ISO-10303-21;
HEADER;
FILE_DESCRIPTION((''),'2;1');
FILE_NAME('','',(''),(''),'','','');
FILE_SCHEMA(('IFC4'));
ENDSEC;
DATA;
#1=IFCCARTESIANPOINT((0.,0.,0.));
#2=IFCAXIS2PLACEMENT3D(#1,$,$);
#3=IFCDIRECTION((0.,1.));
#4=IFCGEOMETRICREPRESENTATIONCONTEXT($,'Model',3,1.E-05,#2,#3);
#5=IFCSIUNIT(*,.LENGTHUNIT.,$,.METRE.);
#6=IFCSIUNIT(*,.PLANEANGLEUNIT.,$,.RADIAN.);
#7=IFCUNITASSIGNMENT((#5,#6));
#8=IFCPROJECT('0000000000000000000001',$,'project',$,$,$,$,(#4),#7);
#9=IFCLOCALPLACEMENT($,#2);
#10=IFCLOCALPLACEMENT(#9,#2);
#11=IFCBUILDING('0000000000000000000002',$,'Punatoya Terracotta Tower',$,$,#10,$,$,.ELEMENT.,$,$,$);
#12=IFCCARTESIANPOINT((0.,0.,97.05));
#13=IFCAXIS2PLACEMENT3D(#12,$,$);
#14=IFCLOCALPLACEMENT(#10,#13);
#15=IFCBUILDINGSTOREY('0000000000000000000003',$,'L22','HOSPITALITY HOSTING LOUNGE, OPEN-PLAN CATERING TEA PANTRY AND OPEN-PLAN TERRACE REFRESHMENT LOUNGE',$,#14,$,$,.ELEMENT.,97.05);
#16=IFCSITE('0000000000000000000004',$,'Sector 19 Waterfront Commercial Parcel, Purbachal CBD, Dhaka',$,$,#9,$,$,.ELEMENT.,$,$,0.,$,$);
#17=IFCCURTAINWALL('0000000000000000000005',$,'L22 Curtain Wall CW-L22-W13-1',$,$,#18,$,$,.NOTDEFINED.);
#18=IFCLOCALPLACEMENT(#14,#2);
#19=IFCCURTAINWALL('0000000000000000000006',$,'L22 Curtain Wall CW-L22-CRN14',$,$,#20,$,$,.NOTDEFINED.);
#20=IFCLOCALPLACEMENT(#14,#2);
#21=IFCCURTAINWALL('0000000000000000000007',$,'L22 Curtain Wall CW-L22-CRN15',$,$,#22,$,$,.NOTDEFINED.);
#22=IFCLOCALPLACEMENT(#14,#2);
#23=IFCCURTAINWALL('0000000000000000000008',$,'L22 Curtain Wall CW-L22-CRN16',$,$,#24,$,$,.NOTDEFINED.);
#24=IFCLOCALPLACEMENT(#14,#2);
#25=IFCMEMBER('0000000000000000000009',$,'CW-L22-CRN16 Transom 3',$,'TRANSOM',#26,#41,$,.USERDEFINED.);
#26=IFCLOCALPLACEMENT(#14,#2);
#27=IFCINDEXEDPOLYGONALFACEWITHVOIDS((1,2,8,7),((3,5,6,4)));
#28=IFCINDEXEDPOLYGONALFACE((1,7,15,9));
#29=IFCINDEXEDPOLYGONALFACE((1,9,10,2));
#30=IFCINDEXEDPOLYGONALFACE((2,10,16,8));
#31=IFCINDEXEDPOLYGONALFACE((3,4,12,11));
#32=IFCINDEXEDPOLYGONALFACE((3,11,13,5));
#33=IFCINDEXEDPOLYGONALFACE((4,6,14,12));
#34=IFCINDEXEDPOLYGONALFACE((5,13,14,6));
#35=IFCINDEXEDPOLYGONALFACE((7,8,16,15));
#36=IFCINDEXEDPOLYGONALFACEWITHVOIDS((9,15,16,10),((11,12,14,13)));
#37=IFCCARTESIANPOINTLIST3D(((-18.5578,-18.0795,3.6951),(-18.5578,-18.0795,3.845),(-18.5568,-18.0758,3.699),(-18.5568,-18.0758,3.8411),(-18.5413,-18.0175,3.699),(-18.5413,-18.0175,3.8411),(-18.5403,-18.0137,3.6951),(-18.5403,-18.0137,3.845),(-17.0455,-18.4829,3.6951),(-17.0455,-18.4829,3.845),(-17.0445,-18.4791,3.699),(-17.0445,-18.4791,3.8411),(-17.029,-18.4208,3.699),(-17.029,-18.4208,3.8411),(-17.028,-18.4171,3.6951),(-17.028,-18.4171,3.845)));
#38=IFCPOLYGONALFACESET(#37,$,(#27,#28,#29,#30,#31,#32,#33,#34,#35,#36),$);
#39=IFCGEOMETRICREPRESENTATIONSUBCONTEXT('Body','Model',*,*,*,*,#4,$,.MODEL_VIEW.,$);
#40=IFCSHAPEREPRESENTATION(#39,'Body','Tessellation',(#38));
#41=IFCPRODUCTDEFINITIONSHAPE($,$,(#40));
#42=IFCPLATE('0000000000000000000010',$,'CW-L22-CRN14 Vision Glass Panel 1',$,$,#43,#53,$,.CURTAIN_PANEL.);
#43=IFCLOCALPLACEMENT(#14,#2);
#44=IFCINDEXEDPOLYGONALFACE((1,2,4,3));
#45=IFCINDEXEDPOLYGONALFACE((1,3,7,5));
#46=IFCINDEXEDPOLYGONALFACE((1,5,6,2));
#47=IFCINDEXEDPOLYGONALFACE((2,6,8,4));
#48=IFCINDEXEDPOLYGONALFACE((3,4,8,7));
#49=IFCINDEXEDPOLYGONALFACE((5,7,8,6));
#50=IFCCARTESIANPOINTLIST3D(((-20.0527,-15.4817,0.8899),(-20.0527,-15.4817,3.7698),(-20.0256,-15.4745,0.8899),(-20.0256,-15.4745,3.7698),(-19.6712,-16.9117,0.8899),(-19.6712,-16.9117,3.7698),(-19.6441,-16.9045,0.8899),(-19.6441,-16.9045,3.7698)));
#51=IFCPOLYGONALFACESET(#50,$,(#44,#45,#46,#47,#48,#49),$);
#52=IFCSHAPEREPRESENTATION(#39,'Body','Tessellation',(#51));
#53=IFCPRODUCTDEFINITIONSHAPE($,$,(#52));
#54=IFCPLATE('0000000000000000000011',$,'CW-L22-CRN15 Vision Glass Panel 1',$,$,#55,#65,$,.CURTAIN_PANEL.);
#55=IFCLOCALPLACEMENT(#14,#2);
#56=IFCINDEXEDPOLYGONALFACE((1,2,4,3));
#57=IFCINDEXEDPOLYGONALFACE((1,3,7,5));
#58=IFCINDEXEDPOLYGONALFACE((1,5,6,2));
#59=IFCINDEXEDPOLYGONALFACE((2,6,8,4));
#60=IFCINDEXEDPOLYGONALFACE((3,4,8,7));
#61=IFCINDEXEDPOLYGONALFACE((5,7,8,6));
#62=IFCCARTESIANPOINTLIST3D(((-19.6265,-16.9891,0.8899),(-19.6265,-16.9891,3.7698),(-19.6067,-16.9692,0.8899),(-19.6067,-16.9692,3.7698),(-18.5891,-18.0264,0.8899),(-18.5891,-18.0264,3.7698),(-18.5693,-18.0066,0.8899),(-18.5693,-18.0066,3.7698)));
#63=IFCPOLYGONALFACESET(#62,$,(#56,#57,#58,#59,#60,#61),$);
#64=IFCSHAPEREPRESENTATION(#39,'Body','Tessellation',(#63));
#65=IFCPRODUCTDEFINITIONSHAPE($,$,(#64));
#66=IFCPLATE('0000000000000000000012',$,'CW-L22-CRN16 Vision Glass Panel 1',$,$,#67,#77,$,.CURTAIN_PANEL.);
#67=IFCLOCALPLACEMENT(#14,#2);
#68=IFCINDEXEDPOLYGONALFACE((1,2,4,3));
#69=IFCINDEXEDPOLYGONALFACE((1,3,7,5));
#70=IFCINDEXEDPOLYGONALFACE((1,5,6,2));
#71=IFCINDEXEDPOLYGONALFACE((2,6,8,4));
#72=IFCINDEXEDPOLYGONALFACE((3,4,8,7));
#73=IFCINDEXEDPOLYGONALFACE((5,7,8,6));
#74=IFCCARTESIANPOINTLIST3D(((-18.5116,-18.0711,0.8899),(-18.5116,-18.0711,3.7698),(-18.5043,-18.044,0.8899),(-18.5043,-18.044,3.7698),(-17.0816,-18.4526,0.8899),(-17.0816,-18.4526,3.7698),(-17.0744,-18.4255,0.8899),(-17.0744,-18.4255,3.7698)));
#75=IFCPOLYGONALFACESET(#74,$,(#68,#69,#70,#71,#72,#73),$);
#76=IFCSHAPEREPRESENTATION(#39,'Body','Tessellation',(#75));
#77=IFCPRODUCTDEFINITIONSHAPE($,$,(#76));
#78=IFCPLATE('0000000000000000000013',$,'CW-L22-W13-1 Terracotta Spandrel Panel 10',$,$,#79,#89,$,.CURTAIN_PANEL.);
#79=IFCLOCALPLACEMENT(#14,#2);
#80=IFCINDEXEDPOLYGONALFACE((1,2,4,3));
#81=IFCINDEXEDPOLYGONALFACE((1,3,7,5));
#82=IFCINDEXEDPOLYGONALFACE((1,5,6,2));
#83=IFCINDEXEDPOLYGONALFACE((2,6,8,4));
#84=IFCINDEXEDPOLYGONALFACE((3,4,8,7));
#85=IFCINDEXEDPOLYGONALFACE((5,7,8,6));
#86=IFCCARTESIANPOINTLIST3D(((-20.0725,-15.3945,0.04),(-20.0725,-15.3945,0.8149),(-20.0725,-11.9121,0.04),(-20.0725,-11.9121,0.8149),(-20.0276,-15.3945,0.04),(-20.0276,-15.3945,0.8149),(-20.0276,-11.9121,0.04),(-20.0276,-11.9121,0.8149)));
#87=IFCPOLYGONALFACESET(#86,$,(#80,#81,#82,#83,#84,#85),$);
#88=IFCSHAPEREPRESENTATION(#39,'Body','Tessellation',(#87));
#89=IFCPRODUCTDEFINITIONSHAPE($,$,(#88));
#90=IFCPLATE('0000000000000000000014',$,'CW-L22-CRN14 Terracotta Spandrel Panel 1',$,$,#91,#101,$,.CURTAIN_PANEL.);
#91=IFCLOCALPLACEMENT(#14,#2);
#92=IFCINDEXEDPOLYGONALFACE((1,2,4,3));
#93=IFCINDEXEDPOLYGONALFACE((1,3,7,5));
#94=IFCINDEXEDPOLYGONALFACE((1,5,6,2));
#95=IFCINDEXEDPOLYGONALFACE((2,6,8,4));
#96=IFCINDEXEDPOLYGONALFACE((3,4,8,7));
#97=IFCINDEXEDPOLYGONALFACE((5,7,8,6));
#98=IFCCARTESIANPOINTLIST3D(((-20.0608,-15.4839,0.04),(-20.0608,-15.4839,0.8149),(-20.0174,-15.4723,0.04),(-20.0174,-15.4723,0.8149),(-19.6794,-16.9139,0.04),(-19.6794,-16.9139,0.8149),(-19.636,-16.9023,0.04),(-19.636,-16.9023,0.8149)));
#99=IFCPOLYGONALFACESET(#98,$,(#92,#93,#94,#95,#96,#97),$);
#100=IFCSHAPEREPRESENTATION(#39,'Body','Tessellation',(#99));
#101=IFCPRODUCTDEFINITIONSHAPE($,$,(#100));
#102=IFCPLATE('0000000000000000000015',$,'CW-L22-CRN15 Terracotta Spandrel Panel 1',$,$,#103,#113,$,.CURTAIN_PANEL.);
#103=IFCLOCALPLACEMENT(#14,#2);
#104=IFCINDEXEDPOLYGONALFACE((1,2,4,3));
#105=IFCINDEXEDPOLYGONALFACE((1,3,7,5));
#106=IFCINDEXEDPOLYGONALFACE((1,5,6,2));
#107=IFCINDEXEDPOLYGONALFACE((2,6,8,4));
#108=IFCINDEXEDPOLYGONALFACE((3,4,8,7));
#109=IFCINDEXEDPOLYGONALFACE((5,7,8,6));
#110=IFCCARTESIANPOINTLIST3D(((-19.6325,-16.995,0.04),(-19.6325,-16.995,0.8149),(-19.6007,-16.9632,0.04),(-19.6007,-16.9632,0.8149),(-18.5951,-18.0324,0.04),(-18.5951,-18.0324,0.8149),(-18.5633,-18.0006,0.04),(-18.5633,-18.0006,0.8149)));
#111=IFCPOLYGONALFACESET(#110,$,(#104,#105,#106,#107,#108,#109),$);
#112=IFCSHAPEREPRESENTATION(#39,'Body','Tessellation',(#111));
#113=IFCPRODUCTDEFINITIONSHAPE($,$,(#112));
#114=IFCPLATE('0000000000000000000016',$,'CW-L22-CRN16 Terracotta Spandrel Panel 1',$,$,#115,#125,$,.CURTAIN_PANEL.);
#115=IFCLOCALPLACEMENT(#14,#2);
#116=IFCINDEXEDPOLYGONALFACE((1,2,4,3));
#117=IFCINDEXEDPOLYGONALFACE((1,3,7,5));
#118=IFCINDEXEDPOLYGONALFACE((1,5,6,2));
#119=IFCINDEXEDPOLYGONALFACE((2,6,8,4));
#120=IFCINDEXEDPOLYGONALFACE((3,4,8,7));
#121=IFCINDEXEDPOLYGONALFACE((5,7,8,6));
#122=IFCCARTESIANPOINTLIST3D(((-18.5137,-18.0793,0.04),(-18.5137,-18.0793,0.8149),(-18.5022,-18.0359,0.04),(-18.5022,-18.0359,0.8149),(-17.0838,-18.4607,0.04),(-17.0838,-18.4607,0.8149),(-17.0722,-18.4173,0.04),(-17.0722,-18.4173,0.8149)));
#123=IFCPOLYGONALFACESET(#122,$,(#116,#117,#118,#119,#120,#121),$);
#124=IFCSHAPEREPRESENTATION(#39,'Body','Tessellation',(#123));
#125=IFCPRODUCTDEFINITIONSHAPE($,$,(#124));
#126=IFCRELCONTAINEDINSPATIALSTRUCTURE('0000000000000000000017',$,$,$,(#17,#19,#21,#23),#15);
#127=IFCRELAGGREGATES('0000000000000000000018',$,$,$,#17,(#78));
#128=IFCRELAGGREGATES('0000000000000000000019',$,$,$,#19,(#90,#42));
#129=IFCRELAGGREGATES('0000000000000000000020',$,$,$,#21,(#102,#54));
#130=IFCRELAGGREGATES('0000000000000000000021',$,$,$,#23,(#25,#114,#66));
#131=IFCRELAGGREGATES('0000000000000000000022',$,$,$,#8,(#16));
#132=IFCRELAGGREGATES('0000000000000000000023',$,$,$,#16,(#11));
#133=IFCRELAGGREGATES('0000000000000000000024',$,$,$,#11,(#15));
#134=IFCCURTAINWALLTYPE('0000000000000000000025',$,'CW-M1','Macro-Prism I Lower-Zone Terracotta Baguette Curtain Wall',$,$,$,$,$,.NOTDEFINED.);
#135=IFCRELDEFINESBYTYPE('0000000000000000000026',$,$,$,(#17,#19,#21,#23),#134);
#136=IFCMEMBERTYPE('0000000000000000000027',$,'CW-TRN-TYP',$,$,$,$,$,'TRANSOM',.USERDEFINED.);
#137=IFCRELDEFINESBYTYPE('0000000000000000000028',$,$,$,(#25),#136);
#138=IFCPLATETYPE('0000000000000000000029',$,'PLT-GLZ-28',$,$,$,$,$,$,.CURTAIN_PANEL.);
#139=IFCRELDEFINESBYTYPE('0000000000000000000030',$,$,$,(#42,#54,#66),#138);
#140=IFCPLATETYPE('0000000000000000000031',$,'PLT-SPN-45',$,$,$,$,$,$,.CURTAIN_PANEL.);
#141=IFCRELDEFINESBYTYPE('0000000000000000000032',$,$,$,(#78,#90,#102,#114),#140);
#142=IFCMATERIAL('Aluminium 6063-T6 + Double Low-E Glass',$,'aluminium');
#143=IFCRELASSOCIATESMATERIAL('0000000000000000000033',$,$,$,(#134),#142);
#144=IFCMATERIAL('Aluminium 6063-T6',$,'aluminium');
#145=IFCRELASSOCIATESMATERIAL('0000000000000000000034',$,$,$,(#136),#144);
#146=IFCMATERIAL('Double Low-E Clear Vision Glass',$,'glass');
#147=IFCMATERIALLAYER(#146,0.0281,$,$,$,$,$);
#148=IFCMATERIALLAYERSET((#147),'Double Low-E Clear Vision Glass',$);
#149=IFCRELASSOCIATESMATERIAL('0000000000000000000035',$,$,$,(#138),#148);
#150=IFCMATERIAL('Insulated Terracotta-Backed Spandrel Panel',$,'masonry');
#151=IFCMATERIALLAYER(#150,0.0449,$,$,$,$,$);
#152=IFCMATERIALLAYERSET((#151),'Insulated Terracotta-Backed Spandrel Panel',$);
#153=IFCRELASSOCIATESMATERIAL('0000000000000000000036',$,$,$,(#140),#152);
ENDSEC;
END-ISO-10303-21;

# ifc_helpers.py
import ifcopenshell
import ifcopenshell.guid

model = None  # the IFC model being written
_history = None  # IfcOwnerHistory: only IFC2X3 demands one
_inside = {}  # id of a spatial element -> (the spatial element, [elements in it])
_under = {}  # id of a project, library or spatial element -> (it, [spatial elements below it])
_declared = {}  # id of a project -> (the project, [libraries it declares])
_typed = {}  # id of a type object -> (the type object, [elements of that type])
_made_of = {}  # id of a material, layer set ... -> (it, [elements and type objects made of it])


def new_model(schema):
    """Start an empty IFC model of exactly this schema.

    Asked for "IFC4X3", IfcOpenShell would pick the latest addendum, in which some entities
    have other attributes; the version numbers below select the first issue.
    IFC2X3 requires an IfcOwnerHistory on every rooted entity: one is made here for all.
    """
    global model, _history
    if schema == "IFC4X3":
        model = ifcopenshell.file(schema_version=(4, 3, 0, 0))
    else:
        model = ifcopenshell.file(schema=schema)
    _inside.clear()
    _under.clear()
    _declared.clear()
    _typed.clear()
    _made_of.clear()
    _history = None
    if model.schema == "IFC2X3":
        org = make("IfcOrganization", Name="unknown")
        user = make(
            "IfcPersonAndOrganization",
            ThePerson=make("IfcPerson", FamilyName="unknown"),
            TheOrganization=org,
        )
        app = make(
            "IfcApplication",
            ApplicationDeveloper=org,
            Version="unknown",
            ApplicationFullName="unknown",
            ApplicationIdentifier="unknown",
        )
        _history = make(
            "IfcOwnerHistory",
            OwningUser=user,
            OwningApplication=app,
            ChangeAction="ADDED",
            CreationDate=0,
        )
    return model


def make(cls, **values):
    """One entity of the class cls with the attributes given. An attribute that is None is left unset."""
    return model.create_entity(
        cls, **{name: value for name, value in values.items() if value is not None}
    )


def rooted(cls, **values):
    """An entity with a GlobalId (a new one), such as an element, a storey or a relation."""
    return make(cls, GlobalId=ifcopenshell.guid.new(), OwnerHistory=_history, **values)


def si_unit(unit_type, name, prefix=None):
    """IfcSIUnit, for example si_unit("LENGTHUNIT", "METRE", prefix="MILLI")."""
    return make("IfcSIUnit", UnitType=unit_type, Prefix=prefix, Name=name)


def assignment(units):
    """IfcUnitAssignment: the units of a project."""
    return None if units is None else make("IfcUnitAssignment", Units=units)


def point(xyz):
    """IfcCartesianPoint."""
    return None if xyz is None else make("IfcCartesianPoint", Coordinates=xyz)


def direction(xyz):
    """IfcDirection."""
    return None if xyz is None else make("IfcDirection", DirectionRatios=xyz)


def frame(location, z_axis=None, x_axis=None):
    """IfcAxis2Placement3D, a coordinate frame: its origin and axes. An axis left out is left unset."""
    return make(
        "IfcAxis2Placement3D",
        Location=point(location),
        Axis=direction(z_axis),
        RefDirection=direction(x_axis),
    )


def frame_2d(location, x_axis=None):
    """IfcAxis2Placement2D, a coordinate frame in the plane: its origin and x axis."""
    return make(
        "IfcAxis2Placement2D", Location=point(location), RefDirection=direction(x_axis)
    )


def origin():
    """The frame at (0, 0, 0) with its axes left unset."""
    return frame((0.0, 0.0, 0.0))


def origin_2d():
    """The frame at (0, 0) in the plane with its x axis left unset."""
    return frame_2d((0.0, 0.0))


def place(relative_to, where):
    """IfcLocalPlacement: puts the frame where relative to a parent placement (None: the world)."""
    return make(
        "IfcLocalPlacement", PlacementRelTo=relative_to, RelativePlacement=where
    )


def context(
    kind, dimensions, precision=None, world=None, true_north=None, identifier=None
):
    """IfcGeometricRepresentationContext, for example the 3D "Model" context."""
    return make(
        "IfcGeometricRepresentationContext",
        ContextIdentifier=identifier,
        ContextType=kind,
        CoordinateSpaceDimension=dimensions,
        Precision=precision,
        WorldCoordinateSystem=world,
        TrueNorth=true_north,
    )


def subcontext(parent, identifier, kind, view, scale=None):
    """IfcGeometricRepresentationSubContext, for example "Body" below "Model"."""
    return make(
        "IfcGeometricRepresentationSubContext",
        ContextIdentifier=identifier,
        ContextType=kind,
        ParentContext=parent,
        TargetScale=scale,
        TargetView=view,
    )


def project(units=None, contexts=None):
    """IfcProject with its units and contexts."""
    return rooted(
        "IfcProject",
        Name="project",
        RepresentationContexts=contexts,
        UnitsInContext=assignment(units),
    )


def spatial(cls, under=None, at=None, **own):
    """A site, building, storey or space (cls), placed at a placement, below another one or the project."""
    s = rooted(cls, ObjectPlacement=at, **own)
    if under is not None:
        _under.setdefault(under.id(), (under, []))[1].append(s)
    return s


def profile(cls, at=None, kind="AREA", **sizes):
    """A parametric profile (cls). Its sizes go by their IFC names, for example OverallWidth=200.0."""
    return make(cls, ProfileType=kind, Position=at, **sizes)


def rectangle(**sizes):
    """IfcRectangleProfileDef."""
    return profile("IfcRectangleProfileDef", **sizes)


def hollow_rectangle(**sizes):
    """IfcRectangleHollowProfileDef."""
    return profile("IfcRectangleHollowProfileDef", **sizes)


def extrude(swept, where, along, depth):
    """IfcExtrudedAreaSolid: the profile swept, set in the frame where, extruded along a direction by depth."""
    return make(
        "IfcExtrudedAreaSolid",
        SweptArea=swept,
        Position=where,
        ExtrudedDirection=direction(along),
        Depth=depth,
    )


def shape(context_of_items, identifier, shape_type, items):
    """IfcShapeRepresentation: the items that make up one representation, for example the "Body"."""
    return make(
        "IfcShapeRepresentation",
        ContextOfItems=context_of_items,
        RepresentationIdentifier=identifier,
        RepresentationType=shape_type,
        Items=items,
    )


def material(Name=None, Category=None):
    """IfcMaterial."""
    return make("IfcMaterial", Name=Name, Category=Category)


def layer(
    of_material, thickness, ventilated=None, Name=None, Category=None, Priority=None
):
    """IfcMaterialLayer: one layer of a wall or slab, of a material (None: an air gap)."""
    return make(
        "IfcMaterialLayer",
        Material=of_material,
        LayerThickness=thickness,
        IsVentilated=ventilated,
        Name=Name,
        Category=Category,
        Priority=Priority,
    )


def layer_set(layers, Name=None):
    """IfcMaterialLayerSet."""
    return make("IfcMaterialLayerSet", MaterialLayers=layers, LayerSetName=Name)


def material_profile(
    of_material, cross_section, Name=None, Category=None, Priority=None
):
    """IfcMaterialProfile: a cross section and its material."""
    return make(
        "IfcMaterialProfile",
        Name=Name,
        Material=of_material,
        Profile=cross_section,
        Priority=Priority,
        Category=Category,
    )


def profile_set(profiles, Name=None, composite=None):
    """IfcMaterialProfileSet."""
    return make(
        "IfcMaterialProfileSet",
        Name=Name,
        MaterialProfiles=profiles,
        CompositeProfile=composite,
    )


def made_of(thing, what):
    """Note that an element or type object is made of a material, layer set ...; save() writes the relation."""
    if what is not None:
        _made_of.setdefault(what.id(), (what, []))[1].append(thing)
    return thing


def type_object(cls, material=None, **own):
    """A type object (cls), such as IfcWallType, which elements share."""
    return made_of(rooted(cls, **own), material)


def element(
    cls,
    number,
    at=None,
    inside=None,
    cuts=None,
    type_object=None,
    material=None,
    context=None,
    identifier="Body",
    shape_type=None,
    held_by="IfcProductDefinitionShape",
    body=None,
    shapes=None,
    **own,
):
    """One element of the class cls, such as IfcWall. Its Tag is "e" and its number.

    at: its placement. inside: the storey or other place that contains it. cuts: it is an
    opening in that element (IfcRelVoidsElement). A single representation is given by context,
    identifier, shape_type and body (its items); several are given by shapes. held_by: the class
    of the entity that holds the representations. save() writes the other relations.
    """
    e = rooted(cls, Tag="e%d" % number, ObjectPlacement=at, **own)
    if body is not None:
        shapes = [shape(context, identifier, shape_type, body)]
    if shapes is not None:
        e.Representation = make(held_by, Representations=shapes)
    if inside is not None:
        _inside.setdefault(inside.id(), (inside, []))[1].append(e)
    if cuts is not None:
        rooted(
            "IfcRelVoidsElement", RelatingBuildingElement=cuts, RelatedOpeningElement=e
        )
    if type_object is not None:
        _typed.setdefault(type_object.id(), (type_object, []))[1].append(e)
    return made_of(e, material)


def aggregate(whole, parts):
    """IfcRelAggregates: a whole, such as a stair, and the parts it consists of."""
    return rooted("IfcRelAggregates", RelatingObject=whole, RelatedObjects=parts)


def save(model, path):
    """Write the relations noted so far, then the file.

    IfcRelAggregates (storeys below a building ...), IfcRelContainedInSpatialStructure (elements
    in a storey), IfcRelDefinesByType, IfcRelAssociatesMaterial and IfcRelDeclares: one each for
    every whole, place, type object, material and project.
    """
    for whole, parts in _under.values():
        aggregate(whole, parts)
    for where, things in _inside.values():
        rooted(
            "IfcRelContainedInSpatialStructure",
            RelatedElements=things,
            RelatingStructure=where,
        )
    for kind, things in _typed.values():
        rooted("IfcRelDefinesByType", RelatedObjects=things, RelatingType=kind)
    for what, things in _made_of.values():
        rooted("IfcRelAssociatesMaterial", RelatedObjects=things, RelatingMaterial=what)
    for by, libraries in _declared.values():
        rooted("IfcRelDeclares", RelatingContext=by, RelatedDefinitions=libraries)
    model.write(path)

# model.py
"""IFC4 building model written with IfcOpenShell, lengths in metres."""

from ifc_helpers import new_model, si_unit, direction, frame, origin, origin_2d, place, context, subcontext, project, spatial, rectangle, hollow_rectangle, extrude, material, layer, layer_set, material_profile, profile_set, type_object, element, aggregate, save


model = new_model("IFC4")

# Units and contexts
model_context = context("Model", 3, precision=1e-05, world=origin(), true_north=direction((0.0, 1.0)))
body_context = subcontext(model_context, "Body", "Model", "MODEL_VIEW")
ifc_project = project(units=[si_unit("LENGTHUNIT", "METRE"), si_unit("PLANEANGLEUNIT", "RADIAN")], contexts=[model_context])

# Site, building, storey
site_placement = place(None, origin())
site = spatial("IfcSite", under=ifc_project, at=site_placement, Name="Sector 19 Waterfront Commercial Parcel, Purbachal CBD, Dhaka", CompositionType="ELEMENT", RefElevation=0.0)
building_placement = place(site_placement, origin())
building = spatial("IfcBuilding", under=site, at=building_placement, Name="Punatoya Terracotta Tower", CompositionType="ELEMENT")
storey_placement = place(building_placement, frame((0.0, 0.0, 97.05)))
storey = spatial("IfcBuildingStorey", under=building, at=storey_placement, Name="L22", Description="HOSPITALITY HOSTING LOUNGE, OPEN-PLAN CATERING TEA PANTRY AND OPEN-PLAN TERRACE REFRESHMENT LOUNGE", CompositionType="ELEMENT", Elevation=97.05)

# Curtain wall
ifc_material_1 = material(Name="Aluminium 6063-T6 + Double Low-E Glass", Category="aluminium")
curtain_wall_type = type_object("IfcCurtainWallType", Name="CW-M1", Description="Macro-Prism I Lower-Zone Terracotta Baguette Curtain Wall", PredefinedType="NOTDEFINED", material=ifc_material_1)
curtain_wall_1_placement = place(storey_placement, origin())
curtain_wall_1 = element("IfcCurtainWall", 1, at=curtain_wall_1_placement, inside=storey, type_object=curtain_wall_type, Name="L22 Curtain Wall CW-L22-W13-1", PredefinedType="NOTDEFINED")
ifc_material_2 = material(Name="Aluminium 6063-T6", Category="aluminium")

# Curtain walls
curtain_wall_2_placement = place(storey_placement, origin())
curtain_wall_2 = element("IfcCurtainWall", 2, at=curtain_wall_2_placement, inside=storey, type_object=curtain_wall_type, Name="L22 Curtain Wall CW-L22-CRN14", PredefinedType="NOTDEFINED")
curtain_wall_3_placement = place(storey_placement, origin())
curtain_wall_3 = element("IfcCurtainWall", 3, at=curtain_wall_3_placement, inside=storey, type_object=curtain_wall_type, Name="L22 Curtain Wall CW-L22-CRN15", PredefinedType="NOTDEFINED")
curtain_wall_4_placement = place(storey_placement, origin())
curtain_wall_4 = element("IfcCurtainWall", 4, at=curtain_wall_4_placement, inside=storey, type_object=curtain_wall_type, Name="L22 Curtain Wall CW-L22-CRN16", PredefinedType="NOTDEFINED")

# Member
ifc_material_profile_1 = material_profile(ifc_material_2, hollow_rectangle(XDim=0.0681, YDim=0.1499, WallThickness=0.0039, at=origin_2d()))
ifc_profile_set_1 = profile_set([ifc_material_profile_1], Name="Aluminium 6063-T6")
member_type_1 = type_object("IfcMemberType", Name="CW-TRN-TYP", ElementType="TRANSOM", PredefinedType="USERDEFINED", material=ifc_profile_set_1)
member_1_placement = place(storey_placement, frame((-18.5491, -18.0466, 3.77), z_axis=(0.966225, -0.257701, 0.0), x_axis=(0.257701, 0.966225, 0.0)))
member_1 = element("IfcMember", 5, at=member_1_placement, type_object=member_type_1, Name="CW-L22-CRN16 Transom 3", ObjectType="TRANSOM", PredefinedType="USERDEFINED", context=body_context, shape_type="SweptSolid", body=[
    extrude(hollow_rectangle(XDim=0.0681, YDim=0.1499, WallThickness=0.0039, at=origin_2d()), origin(), (0.0, 0.0, 1.0), 1.5652),
])

# Plates
ifc_material_3 = material(Name="Double Low-E Clear Vision Glass", Category="glass")
ifc_layer_1 = layer(ifc_material_3, 0.0281)
ifc_layer_set_1 = layer_set([ifc_layer_1], Name="Double Low-E Clear Vision Glass")
plate_type_1 = type_object("IfcPlateType", Name="PLT-GLZ-28", PredefinedType="CURTAIN_PANEL", material=ifc_layer_set_1)
plate_1_placement = place(storey_placement, frame((-19.8484, -16.1931, 0.8899), z_axis=(0.0, 0.0, 1.0), x_axis=(0.257742, -0.966214, 0.0)))
plate_1 = element("IfcPlate", 6, at=plate_1_placement, type_object=plate_type_1, Name="CW-L22-CRN14 Vision Glass Panel 1", PredefinedType="CURTAIN_PANEL", context=body_context, shape_type="SweptSolid", body=[
    extrude(rectangle(XDim=1.48, YDim=0.0281, at=origin_2d()), origin(), (0.0, 0.0, 1.0), 2.8799),
])
plate_2_placement = place(storey_placement, frame((-19.0979, -17.4978, 0.8899), z_axis=(0.0, 0.0, 1.0), x_axis=(0.707107, -0.707107, 0.0)))
plate_2 = element("IfcPlate", 7, at=plate_2_placement, type_object=plate_type_1, Name="CW-L22-CRN15 Vision Glass Panel 1", PredefinedType="CURTAIN_PANEL", context=body_context, shape_type="SweptSolid", body=[
    extrude(rectangle(XDim=1.467, YDim=0.0281, at=origin_2d()), origin(), (0.0, 0.0, 1.0), 2.8799),
])
plate_3_placement = place(storey_placement, frame((-17.793, -18.2483, 0.8899), z_axis=(0.0, 0.0, 1.0), x_axis=(0.966214, -0.257742, 0.0)))
plate_3 = element("IfcPlate", 8, at=plate_3_placement, type_object=plate_type_1, Name="CW-L22-CRN16 Vision Glass Panel 1", PredefinedType="CURTAIN_PANEL", context=body_context, shape_type="SweptSolid", body=[
    extrude(rectangle(XDim=1.48, YDim=0.0281, at=origin_2d()), origin(), (0.0, 0.0, 1.0), 2.8799),
])
ifc_material_4 = material(Name="Insulated Terracotta-Backed Spandrel Panel", Category="masonry")
ifc_layer_2 = layer(ifc_material_4, 0.0449)
ifc_layer_set_2 = layer_set([ifc_layer_2], Name="Insulated Terracotta-Backed Spandrel Panel")
plate_type_2 = type_object("IfcPlateType", Name="PLT-SPN-45", PredefinedType="CURTAIN_PANEL", material=ifc_layer_set_2)
plate_4_placement = place(storey_placement, frame((-20.05, -13.6533, 0.04), z_axis=(0.0, 0.0, 1.0), x_axis=(0.0, -1.0, 0.0)))
plate_4 = element("IfcPlate", 9, at=plate_4_placement, type_object=plate_type_2, Name="CW-L22-W13-1 Terracotta Spandrel Panel 10", PredefinedType="CURTAIN_PANEL", context=body_context, shape_type="SweptSolid", body=[
    extrude(rectangle(XDim=3.4824, YDim=0.0449, at=origin_2d()), origin(), (0.0, 0.0, 1.0), 0.7749),
])
aggregate(curtain_wall_1, [plate_4])
plate_5_placement = place(storey_placement, frame((-19.8484, -16.1931, 0.04), z_axis=(0.0, 0.0, 1.0), x_axis=(0.257742, -0.966214, 0.0)))
plate_5 = element("IfcPlate", 10, at=plate_5_placement, type_object=plate_type_2, Name="CW-L22-CRN14 Terracotta Spandrel Panel 1", PredefinedType="CURTAIN_PANEL", context=body_context, shape_type="SweptSolid", body=[
    extrude(rectangle(XDim=1.48, YDim=0.0449, at=origin_2d()), origin(), (0.0, 0.0, 1.0), 0.7749),
])
aggregate(curtain_wall_2, [plate_5, plate_1])
plate_6_placement = place(storey_placement, frame((-19.0979, -17.4978, 0.04), z_axis=(0.0, 0.0, 1.0), x_axis=(0.707107, -0.707107, 0.0)))
plate_6 = element("IfcPlate", 11, at=plate_6_placement, type_object=plate_type_2, Name="CW-L22-CRN15 Terracotta Spandrel Panel 1", PredefinedType="CURTAIN_PANEL", context=body_context, shape_type="SweptSolid", body=[
    extrude(rectangle(XDim=1.467, YDim=0.0449, at=origin_2d()), origin(), (0.0, 0.0, 1.0), 0.7749),
])
aggregate(curtain_wall_3, [plate_6, plate_2])
plate_7_placement = place(storey_placement, frame((-17.793, -18.2483, 0.04), z_axis=(0.0, 0.0, 1.0), x_axis=(0.966214, -0.257742, 0.0)))
plate_7 = element("IfcPlate", 12, at=plate_7_placement, type_object=plate_type_2, Name="CW-L22-CRN16 Terracotta Spandrel Panel 1", PredefinedType="CURTAIN_PANEL", context=body_context, shape_type="SweptSolid", body=[
    extrude(rectangle(XDim=1.48, YDim=0.0449, at=origin_2d()), origin(), (0.0, 0.0, 1.0), 0.7749),
])
aggregate(curtain_wall_4, [member_1, plate_7, plate_3])

save(model, "model.ifc")
